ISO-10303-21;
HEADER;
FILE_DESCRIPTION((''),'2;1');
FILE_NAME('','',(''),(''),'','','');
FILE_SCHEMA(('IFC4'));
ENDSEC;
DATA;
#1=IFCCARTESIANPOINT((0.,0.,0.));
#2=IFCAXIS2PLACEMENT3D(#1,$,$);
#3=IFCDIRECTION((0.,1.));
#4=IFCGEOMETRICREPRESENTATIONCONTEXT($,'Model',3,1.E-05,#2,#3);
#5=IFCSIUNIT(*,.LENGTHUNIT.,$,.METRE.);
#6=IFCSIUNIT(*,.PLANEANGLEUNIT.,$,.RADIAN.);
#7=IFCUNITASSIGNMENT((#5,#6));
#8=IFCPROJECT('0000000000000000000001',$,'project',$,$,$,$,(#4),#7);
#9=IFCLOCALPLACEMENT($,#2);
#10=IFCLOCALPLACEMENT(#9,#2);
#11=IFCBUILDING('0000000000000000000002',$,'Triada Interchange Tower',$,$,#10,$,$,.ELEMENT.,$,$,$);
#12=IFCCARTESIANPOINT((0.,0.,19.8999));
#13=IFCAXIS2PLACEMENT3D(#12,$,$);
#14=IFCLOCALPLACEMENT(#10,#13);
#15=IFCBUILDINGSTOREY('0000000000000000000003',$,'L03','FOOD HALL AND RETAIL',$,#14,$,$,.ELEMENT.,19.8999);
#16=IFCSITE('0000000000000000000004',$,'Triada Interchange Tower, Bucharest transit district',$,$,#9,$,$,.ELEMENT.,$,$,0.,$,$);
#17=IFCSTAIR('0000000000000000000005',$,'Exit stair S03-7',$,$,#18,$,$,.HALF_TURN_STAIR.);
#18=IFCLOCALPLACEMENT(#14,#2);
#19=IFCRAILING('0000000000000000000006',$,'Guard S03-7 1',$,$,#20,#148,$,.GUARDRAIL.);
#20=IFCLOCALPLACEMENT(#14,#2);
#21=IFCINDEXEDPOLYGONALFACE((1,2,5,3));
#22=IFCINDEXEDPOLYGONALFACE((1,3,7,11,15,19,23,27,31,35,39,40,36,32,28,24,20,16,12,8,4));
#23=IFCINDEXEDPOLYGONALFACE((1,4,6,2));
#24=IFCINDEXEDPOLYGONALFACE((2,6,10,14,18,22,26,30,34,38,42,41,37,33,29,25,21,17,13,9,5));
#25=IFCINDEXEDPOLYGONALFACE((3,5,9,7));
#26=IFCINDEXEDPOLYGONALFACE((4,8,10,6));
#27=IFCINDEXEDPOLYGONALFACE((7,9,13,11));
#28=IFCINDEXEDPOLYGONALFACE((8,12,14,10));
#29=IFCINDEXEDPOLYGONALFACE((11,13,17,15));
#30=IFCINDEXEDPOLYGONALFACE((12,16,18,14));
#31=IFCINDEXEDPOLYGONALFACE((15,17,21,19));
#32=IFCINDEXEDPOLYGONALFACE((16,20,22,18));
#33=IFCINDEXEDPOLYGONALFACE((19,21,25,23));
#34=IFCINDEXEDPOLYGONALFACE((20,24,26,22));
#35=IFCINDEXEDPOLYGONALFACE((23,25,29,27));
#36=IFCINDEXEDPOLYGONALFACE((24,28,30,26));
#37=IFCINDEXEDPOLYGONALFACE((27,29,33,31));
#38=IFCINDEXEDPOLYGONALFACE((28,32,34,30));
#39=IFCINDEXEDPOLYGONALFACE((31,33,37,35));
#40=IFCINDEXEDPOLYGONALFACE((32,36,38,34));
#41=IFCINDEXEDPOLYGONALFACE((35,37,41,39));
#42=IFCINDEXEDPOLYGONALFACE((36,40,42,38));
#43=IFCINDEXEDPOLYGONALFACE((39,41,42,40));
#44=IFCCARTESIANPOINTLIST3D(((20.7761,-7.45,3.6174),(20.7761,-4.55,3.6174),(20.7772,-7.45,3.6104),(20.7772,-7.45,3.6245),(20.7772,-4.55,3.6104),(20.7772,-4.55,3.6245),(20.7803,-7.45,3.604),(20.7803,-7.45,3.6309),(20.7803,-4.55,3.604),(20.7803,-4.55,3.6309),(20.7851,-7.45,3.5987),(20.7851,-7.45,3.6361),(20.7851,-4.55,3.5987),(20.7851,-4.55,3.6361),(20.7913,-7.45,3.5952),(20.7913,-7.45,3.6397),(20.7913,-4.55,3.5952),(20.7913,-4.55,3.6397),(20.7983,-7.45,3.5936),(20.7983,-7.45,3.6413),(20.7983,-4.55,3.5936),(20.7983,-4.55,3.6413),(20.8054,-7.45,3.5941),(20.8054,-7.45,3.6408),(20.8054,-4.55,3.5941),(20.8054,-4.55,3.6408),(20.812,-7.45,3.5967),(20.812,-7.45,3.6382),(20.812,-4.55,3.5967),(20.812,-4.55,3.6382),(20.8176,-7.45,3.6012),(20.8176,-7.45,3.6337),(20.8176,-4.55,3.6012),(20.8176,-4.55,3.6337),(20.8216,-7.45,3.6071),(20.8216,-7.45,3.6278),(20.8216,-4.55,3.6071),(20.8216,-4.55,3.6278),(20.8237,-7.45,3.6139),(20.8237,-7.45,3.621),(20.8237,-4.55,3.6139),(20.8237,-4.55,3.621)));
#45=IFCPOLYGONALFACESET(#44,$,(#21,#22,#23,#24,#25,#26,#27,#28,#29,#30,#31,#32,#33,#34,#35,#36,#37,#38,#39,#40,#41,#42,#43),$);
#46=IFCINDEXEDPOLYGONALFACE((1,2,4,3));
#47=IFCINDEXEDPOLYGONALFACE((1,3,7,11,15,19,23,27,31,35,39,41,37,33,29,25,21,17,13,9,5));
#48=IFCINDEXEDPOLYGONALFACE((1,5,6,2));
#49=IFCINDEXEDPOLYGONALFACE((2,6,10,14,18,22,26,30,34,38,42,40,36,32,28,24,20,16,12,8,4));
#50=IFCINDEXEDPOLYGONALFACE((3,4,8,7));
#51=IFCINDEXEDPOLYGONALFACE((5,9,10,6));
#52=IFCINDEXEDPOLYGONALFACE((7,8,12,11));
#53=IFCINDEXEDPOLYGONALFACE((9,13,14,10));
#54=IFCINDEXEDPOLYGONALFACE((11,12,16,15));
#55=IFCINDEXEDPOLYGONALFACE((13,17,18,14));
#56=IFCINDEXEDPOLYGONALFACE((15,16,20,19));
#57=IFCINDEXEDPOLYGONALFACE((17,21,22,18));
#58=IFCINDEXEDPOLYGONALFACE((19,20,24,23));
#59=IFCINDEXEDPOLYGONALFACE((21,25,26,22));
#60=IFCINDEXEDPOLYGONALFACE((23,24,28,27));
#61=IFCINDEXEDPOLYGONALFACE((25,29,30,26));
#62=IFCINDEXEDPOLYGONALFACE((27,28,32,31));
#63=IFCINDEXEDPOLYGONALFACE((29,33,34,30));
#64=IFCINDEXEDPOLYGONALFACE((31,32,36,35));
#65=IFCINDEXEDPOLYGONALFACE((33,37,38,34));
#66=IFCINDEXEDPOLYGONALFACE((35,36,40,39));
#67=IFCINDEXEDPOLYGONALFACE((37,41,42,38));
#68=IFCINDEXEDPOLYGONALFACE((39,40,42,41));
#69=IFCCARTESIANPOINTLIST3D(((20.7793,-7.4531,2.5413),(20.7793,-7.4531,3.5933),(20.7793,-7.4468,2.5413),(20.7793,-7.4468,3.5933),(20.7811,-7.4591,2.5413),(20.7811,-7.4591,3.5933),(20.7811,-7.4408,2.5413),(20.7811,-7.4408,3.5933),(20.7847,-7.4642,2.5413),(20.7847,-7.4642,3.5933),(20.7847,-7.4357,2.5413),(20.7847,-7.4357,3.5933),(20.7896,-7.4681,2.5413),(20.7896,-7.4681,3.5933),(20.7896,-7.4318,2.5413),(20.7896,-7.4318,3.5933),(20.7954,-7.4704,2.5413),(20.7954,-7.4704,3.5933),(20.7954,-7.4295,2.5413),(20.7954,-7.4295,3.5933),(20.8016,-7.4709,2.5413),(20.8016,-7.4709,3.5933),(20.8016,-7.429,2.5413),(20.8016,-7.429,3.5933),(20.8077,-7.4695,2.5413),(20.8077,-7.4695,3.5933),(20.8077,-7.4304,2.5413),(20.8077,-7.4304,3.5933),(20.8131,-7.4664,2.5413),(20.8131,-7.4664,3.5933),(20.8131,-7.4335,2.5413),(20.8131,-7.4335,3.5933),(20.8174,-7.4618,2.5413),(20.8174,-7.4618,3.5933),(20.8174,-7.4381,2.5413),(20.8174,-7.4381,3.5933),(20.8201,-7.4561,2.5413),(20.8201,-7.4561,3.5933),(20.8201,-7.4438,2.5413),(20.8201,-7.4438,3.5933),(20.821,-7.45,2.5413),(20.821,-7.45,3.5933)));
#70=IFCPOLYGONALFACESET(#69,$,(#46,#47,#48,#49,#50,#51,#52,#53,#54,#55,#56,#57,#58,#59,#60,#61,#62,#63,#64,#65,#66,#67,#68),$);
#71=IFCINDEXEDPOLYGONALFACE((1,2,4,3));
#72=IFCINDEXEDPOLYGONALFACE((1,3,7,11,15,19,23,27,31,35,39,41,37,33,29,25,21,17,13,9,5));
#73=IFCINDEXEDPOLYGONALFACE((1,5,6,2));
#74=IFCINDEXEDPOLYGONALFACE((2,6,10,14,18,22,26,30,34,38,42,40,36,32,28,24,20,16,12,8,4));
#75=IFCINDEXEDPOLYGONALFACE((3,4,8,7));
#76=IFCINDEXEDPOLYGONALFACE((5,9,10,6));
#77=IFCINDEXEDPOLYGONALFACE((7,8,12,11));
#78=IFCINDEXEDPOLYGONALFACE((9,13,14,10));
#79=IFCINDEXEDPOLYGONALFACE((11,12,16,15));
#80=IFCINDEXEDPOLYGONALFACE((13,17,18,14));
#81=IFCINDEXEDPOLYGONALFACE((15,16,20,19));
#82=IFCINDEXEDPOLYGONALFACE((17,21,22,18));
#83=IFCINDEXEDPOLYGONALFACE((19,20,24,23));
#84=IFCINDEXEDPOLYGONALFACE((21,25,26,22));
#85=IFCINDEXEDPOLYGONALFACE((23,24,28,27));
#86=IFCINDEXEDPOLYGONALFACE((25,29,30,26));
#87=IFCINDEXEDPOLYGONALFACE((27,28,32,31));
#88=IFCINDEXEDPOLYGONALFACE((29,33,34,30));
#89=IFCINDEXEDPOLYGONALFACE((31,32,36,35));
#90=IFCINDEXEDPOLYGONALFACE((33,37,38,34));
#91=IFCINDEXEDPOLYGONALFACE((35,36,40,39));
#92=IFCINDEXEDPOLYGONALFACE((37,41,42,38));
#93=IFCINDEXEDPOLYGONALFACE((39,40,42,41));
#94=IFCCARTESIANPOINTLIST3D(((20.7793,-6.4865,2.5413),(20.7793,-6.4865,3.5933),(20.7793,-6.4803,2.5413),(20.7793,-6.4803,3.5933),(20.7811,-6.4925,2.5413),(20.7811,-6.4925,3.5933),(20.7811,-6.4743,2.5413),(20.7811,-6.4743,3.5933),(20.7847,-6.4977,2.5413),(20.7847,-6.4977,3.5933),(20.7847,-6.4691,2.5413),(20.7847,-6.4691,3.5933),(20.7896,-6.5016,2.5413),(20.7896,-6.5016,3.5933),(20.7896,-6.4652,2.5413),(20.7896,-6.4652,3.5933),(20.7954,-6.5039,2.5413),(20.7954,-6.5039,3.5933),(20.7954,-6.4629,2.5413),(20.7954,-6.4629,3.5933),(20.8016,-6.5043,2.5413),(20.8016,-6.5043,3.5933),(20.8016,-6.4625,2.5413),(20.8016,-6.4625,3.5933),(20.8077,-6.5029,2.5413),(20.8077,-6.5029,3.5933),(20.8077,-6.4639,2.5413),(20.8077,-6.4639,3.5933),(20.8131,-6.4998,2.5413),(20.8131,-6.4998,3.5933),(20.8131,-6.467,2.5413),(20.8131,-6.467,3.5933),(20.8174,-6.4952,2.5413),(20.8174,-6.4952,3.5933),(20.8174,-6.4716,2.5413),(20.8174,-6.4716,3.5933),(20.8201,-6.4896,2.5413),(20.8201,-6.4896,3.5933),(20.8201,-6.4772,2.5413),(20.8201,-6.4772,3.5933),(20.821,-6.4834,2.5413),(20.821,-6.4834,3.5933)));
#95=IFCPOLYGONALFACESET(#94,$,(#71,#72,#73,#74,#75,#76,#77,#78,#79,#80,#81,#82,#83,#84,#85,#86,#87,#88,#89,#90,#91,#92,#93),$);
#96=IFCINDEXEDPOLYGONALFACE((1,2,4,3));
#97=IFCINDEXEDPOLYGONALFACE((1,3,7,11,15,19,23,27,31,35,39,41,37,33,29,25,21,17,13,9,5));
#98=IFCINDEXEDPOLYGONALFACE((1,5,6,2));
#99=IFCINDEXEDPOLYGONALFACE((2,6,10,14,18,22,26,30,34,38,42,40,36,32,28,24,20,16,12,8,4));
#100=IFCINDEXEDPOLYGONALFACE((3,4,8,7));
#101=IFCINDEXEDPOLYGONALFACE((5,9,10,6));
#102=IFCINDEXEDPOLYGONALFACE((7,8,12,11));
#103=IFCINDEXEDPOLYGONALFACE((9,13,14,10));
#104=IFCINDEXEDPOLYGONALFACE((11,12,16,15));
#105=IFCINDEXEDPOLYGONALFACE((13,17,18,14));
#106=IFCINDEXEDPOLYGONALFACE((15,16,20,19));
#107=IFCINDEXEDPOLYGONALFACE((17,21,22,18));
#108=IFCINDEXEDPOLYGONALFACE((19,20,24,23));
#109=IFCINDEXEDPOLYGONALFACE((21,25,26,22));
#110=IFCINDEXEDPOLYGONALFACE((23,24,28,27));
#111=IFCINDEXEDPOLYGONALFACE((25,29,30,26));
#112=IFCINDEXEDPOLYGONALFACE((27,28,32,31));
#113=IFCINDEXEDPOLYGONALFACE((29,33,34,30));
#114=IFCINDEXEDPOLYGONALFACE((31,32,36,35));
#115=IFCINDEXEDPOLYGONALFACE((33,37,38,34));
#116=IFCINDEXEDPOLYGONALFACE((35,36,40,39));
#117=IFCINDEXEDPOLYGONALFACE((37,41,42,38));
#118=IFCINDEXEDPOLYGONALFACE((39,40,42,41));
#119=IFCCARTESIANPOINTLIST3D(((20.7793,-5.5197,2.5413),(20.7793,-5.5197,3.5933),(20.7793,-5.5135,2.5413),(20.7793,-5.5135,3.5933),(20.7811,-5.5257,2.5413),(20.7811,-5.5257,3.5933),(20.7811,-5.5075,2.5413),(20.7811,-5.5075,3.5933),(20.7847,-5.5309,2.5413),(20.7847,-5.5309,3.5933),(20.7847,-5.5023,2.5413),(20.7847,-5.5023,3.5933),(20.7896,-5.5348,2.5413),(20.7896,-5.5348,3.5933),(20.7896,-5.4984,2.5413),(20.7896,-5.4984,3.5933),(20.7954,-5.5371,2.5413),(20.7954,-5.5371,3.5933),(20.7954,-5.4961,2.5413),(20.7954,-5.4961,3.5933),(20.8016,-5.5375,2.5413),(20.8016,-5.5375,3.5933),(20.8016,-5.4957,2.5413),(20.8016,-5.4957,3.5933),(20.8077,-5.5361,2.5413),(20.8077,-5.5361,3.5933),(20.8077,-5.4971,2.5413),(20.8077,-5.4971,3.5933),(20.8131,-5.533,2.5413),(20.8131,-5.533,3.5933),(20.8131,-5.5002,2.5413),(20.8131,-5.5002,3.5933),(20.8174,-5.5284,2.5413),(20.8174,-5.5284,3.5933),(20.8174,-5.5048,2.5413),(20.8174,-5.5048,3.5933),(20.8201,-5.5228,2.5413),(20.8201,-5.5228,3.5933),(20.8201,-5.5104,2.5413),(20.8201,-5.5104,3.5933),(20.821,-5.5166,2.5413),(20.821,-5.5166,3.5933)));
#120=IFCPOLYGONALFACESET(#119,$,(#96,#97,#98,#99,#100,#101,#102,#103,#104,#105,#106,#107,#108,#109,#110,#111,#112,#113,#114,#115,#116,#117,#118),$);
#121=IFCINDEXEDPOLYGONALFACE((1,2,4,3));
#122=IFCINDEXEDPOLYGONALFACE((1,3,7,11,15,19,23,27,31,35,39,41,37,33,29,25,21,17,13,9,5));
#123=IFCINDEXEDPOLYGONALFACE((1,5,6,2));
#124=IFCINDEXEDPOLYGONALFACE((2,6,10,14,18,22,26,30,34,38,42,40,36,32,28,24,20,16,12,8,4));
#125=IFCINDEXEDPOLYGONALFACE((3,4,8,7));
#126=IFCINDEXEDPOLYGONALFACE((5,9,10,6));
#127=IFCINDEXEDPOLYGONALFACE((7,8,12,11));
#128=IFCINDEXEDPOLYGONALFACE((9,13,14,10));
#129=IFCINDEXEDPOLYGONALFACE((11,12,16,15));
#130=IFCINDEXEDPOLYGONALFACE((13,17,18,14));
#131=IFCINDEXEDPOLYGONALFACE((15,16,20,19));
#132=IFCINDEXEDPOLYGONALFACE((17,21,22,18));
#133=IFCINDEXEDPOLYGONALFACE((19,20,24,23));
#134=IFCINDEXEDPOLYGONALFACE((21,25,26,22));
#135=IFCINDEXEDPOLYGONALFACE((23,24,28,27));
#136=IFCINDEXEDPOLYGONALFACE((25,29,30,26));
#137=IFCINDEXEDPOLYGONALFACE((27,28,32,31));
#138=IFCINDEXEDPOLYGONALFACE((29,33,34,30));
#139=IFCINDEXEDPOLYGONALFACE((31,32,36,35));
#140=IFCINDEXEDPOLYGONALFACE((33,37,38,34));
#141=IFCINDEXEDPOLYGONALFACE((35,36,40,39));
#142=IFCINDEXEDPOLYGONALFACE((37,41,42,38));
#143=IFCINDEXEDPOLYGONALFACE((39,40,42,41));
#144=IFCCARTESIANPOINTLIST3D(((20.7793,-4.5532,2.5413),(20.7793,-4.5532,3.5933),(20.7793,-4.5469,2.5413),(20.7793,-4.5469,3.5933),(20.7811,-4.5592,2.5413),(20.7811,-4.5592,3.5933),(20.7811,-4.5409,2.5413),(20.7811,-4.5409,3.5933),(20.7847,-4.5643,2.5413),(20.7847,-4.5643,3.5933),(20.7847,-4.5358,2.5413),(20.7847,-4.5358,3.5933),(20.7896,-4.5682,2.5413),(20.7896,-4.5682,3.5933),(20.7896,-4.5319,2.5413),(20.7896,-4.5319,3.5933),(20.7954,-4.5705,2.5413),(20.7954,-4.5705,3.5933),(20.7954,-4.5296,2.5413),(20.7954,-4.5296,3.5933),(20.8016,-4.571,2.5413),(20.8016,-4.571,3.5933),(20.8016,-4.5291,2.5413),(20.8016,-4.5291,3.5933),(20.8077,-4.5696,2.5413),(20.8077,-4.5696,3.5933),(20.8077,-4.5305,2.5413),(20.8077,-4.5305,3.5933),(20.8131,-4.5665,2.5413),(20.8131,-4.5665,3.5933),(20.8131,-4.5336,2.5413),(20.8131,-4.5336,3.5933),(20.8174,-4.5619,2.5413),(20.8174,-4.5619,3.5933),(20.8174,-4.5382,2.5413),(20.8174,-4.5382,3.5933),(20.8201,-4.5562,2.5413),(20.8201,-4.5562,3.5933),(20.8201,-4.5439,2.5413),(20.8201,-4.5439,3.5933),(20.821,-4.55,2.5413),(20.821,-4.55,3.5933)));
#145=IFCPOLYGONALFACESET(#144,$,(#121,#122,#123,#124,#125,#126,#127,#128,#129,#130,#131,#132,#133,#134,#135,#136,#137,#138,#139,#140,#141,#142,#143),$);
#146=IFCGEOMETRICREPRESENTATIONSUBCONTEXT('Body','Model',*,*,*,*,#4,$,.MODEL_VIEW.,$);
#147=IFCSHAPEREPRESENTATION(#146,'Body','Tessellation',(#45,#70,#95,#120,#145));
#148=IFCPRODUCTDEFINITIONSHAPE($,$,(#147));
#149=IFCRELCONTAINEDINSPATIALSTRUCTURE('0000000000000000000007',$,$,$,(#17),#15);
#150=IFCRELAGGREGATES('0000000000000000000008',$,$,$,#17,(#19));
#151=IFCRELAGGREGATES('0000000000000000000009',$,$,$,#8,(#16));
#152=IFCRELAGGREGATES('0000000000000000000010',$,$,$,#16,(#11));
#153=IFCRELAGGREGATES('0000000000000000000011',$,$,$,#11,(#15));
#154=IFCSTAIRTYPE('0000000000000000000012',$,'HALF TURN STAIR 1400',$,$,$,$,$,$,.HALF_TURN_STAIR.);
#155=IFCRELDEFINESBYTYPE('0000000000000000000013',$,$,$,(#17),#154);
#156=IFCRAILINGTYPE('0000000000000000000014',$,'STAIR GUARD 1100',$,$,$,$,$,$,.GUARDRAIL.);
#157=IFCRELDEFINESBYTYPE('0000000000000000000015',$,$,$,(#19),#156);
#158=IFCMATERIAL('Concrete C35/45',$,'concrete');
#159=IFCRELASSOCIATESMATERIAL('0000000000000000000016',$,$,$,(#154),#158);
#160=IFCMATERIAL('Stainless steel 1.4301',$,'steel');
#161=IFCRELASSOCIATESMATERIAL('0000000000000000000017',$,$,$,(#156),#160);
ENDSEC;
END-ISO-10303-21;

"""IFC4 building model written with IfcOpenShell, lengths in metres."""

from ifc_helpers import new_model, si_unit, direction, frame, origin, origin_2d, place, context, subcontext, project, spatial, circle, extrude, material, type_object, element, aggregate, save


model = new_model("IFC4")

# Units and contexts
model_context = context("Model", 3, precision=1e-05, world=origin(), true_north=direction((0.0, 1.0)))
body_context = subcontext(model_context, "Body", "Model", "MODEL_VIEW")
ifc_project = project(units=[si_unit("LENGTHUNIT", "METRE"), si_unit("PLANEANGLEUNIT", "RADIAN")], contexts=[model_context])

# Site, building, storey
site_placement = place(None, origin())
site = spatial("IfcSite", under=ifc_project, at=site_placement, Name="Triada Interchange Tower, Bucharest transit district", CompositionType="ELEMENT", RefElevation=0.0)
building_placement = place(site_placement, origin())
building = spatial("IfcBuilding", under=site, at=building_placement, Name="Triada Interchange Tower", CompositionType="ELEMENT")
storey_placement = place(building_placement, frame((0.0, 0.0, 19.8999)))
storey = spatial("IfcBuildingStorey", under=building, at=storey_placement, Name="L03", Description="FOOD HALL AND RETAIL", CompositionType="ELEMENT", Elevation=19.8999)

# Shared definitions
ifc_material_1 = material(Name="Concrete C35/45", Category="concrete")

# Stair, railing
stair_type = type_object("IfcStairType", Name="HALF TURN STAIR 1400", PredefinedType="HALF_TURN_STAIR", material=ifc_material_1)
stair_placement = place(storey_placement, origin())
stair = element("IfcStair", 1, at=stair_placement, inside=storey, type_object=stair_type, Name="Exit stair S03-7", PredefinedType="HALF_TURN_STAIR")
ifc_material_2 = material(Name="Stainless steel 1.4301", Category="steel")
railing_type_1 = type_object("IfcRailingType", Name="STAIR GUARD 1100", PredefinedType="GUARDRAIL", material=ifc_material_2)
railing_1_placement = place(storey_placement, frame((20.8, -7.45, 2.5413)))
railing_1 = element("IfcRailing", 2, at=railing_1_placement, type_object=railing_type_1, Name="Guard S03-7 1", PredefinedType="GUARDRAIL", context=body_context, shape_type="SweptSolid", body=[
    extrude(circle(Radius=0.0239, at=origin_2d()), frame((0.0, 0.0, 1.0762), z_axis=(0.0, 1.0, 0.0), x_axis=(-1.0, 0.0, 0.0)), (0.0, 0.0, 1.0), 2.8999),
    extrude(circle(Radius=0.021, at=origin_2d()), origin(), (0.0, 0.0, 1.0), 1.052),
    extrude(circle(Radius=0.021, at=origin_2d()), frame((0.0, 0.9666, 0.0)), (0.0, 0.0, 1.0), 1.052),
    extrude(circle(Radius=0.021, at=origin_2d()), frame((0.0, 1.9333, 0.0)), (0.0, 0.0, 1.0), 1.052),
    extrude(circle(Radius=0.021, at=origin_2d()), frame((0.0, 2.8999, 0.0)), (0.0, 0.0, 1.0), 1.052),
])
aggregate(stair, [railing_1])

save(model, "model.ifc")
